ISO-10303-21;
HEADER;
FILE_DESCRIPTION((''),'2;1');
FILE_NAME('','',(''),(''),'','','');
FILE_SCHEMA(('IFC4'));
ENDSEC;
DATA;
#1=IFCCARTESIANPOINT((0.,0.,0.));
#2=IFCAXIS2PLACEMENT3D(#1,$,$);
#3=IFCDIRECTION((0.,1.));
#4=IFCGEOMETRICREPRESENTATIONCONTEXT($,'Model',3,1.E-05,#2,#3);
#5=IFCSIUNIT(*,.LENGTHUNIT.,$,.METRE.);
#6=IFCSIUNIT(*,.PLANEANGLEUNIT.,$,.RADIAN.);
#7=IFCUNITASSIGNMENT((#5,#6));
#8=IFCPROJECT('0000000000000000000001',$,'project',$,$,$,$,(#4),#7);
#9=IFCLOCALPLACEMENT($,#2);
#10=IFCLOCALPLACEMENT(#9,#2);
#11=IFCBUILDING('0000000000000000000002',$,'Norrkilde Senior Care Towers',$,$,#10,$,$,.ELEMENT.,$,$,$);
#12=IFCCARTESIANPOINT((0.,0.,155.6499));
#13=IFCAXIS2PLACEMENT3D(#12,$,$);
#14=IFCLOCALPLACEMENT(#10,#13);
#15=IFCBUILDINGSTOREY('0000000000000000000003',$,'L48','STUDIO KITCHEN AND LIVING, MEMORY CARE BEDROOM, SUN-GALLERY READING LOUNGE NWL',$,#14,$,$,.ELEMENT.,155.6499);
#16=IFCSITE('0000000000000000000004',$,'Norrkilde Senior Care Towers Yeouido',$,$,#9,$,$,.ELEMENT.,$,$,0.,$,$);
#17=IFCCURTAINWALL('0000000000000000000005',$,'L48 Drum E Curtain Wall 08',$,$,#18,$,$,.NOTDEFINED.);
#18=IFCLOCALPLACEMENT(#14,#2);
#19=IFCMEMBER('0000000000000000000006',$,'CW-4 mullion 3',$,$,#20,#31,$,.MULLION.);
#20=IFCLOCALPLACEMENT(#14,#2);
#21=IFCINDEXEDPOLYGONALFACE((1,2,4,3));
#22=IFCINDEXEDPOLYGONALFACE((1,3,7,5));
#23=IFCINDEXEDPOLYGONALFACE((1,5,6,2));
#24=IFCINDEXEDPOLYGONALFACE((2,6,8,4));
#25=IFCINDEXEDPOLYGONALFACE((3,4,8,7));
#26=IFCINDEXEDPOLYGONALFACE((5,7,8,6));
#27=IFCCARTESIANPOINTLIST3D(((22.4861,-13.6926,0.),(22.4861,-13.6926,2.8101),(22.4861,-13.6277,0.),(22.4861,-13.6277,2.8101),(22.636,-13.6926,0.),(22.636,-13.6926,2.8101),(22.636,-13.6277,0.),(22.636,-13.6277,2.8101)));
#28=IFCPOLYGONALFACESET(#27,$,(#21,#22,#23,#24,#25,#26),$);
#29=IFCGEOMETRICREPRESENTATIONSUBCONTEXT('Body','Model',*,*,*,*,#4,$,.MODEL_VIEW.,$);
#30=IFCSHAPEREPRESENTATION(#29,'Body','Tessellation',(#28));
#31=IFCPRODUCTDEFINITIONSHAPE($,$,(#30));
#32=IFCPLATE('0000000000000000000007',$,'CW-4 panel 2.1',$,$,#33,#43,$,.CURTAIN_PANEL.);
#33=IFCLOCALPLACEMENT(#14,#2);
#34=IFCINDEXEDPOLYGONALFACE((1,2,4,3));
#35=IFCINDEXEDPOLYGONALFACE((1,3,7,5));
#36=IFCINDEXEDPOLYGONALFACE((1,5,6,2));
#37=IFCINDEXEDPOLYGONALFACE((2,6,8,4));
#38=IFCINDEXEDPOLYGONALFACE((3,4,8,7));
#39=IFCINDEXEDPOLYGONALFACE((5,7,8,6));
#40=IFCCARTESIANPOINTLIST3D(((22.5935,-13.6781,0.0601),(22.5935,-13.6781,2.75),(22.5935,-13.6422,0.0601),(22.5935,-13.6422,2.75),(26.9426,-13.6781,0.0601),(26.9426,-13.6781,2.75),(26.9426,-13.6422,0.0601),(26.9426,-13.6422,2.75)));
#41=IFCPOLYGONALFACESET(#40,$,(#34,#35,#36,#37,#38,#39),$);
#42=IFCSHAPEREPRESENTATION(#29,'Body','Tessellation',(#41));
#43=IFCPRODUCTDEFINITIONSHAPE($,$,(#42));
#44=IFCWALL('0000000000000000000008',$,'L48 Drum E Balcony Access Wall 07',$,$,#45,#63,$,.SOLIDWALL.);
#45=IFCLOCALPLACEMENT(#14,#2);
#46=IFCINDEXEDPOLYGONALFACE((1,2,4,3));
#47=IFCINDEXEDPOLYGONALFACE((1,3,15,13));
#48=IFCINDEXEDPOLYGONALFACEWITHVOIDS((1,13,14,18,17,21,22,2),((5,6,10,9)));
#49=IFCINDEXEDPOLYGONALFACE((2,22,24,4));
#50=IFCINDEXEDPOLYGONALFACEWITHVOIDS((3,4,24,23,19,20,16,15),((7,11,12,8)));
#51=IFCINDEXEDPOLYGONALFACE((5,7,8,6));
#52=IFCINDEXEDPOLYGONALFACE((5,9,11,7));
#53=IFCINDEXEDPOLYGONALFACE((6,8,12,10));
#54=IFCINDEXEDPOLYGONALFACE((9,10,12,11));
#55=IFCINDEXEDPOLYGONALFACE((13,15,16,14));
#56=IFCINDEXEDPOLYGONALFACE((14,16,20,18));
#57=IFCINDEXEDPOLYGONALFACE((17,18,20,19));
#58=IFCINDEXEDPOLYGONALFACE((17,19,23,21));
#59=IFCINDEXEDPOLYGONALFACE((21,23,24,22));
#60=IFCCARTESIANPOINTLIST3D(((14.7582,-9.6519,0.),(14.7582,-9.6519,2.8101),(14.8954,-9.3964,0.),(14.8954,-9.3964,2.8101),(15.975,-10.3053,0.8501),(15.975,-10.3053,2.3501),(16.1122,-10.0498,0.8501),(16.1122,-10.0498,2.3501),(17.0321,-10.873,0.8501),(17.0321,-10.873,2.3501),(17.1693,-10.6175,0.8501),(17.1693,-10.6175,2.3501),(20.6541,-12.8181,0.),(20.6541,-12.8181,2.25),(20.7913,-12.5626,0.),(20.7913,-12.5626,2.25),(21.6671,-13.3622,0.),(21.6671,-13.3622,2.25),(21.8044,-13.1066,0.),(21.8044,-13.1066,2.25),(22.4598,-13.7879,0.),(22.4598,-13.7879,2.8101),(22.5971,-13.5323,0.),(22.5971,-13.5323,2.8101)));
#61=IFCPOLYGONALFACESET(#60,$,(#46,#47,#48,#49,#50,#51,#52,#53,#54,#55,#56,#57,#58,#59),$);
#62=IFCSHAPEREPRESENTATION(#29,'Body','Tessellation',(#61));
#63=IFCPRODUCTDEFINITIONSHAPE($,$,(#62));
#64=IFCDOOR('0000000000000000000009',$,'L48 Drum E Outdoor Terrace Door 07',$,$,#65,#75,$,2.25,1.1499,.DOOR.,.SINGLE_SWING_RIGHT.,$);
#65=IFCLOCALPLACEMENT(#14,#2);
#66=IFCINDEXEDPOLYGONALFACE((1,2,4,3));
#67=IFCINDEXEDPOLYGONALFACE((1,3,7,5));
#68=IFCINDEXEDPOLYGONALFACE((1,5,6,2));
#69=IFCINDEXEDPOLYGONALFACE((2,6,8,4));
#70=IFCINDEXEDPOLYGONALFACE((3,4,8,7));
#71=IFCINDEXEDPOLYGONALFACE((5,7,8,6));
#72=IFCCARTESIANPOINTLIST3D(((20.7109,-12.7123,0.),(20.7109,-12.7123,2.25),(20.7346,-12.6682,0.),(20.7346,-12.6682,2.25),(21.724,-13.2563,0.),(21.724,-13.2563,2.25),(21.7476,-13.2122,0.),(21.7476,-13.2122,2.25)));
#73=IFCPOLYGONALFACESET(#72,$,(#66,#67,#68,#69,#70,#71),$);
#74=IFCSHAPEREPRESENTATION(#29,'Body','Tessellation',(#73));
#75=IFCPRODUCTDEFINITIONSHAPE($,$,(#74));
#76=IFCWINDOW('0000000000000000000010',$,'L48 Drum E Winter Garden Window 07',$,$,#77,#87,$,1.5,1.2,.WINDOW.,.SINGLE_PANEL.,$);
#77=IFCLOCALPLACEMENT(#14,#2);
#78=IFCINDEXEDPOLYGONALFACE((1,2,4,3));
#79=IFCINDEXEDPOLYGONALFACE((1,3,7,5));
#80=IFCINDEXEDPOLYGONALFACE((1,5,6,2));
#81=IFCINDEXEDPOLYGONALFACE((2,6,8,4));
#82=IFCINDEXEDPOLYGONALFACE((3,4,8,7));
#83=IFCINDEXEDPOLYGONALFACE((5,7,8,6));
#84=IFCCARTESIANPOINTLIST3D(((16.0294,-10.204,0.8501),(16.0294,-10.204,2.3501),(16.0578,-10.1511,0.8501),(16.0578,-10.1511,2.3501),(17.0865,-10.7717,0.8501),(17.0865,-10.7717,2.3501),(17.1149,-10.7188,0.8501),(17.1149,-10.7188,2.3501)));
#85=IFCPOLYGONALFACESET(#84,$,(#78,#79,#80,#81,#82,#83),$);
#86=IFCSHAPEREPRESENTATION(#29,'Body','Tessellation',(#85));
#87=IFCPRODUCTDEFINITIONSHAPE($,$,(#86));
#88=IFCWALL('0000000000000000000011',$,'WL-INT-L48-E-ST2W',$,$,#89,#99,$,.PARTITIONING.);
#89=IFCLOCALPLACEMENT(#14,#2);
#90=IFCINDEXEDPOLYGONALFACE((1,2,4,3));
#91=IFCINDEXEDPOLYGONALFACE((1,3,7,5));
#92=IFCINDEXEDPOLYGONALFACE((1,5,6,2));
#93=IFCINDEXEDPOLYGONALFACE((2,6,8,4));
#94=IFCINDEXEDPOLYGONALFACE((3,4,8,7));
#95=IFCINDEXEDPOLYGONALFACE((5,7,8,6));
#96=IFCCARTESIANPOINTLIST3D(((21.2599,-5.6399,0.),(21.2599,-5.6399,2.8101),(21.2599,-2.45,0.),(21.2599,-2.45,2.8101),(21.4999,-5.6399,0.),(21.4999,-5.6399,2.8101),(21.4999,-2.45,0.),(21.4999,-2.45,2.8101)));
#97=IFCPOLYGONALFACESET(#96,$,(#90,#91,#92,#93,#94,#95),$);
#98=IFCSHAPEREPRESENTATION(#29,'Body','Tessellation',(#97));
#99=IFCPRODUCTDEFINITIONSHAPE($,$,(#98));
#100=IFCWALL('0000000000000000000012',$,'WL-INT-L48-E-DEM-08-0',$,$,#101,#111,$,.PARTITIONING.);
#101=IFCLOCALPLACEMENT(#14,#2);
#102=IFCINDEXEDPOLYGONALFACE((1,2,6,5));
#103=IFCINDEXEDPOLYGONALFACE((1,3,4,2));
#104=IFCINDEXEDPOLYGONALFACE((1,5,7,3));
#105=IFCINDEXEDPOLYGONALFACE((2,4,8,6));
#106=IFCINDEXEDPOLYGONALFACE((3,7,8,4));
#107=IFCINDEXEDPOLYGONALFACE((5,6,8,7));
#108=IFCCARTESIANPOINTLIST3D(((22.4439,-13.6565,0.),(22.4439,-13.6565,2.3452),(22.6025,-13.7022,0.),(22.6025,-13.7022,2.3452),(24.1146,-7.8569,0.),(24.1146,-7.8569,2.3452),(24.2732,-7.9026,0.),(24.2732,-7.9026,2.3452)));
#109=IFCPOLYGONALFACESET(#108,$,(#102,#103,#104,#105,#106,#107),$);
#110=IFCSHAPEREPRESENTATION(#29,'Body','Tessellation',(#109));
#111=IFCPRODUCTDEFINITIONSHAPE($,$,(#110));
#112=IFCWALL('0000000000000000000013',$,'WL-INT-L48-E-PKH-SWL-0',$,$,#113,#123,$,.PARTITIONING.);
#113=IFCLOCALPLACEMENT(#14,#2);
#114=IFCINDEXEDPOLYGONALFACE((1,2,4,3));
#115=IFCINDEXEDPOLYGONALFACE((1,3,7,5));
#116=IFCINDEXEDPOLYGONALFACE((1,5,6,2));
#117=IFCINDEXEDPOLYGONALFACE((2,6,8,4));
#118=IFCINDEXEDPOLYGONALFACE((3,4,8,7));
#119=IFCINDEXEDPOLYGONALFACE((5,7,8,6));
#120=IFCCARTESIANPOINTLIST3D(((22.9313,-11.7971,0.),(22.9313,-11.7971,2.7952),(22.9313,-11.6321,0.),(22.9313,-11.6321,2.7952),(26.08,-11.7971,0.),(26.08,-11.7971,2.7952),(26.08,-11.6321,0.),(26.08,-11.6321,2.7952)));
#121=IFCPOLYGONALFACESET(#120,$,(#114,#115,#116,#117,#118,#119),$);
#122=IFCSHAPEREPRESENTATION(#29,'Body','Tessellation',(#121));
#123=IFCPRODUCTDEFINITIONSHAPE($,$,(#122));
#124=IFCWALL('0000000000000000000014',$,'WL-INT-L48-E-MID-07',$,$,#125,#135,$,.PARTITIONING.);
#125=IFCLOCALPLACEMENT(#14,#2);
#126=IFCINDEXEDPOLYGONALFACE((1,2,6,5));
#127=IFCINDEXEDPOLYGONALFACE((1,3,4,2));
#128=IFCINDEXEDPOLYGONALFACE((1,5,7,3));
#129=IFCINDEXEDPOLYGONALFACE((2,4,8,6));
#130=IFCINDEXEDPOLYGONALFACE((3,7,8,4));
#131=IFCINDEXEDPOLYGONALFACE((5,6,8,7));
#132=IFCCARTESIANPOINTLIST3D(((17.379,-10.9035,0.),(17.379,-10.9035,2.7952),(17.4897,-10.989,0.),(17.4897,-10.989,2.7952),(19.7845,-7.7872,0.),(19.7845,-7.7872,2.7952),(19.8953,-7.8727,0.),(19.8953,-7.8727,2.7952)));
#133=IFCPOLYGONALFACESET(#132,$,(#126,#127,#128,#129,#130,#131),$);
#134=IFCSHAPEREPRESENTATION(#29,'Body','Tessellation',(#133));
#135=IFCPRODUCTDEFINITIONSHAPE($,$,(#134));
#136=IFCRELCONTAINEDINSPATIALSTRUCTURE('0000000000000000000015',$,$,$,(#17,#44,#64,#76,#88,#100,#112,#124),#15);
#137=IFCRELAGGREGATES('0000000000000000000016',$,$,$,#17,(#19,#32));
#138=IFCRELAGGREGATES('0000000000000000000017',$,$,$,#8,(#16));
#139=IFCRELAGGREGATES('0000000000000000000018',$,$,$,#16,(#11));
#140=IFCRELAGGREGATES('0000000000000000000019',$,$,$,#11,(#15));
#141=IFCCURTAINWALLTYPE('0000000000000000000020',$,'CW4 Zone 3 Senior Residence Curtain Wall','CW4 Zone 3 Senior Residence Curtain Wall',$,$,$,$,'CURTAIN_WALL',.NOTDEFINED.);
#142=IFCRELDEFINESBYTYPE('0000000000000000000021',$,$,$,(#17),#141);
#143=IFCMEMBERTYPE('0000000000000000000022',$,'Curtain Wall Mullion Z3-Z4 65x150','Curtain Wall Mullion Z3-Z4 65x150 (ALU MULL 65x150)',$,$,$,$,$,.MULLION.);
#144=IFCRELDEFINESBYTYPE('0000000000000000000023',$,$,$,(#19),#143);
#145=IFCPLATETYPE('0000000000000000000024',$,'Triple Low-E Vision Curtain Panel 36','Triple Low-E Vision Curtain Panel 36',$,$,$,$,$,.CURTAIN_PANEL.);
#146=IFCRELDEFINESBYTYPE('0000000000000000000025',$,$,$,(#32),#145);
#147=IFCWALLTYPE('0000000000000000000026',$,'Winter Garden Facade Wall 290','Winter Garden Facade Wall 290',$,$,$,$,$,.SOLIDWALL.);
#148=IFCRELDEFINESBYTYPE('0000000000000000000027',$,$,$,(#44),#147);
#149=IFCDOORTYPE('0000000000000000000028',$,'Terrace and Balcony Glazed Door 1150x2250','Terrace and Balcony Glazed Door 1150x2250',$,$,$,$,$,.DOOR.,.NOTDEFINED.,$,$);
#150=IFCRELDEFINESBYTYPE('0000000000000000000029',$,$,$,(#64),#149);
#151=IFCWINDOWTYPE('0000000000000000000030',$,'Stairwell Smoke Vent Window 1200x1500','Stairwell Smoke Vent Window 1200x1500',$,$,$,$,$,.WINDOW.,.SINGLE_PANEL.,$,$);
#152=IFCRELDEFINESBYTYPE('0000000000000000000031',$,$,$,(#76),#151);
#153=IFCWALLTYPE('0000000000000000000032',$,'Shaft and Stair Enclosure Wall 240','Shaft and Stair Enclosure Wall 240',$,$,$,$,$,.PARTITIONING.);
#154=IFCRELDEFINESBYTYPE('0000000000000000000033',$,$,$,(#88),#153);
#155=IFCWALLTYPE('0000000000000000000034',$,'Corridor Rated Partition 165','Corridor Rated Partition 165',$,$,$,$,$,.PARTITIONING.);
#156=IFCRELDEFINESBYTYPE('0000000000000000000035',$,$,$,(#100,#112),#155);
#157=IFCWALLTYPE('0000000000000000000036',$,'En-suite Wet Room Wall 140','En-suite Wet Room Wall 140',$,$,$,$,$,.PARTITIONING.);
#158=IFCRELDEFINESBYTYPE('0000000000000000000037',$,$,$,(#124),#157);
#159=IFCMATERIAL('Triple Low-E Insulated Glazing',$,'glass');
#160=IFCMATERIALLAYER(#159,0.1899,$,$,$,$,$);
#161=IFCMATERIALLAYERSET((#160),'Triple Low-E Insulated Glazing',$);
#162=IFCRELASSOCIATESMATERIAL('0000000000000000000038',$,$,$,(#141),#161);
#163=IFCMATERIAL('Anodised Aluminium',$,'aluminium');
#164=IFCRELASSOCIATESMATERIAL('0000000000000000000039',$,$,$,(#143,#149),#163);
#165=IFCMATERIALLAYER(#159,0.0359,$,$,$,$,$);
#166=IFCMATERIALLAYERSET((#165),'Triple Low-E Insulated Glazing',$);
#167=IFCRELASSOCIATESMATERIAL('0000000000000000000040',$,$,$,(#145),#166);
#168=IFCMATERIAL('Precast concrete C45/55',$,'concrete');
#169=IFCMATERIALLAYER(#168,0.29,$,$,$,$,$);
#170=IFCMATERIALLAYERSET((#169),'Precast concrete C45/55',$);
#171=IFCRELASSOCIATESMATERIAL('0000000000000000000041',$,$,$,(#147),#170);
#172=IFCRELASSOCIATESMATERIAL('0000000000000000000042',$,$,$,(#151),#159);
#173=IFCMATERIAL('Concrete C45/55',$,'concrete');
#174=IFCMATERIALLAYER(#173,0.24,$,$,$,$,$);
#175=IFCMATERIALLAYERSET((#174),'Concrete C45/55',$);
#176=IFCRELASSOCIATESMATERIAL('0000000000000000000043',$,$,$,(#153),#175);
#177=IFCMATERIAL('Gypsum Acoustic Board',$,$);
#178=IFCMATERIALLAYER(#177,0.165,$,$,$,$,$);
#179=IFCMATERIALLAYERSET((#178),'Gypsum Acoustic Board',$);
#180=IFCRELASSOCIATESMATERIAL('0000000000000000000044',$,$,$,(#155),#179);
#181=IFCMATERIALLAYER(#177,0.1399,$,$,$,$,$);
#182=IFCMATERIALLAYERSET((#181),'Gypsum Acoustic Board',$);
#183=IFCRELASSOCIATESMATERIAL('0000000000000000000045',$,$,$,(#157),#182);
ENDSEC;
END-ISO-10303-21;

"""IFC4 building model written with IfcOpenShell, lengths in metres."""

from ifc_helpers import new_model, si_unit, direction, frame, frame_2d, origin, origin_2d, place, context, subcontext, project, spatial, rectangle, extrude, source, transform, mapped, material, layer, layer_set, material_profile, profile_set, type_object, type_shapes, element, fill, aggregate, save


model = new_model("IFC4")

# Units and contexts
model_context = context("Model", 3, precision=1e-05, world=origin(), true_north=direction((0.0, 1.0)))
body_context = subcontext(model_context, "Body", "Model", "MODEL_VIEW")
ifc_project = project(units=[si_unit("LENGTHUNIT", "METRE"), si_unit("PLANEANGLEUNIT", "RADIAN")], contexts=[model_context])

# Site, building, storey
site_placement = place(None, origin())
site = spatial("IfcSite", under=ifc_project, at=site_placement, Name="Norrkilde Senior Care Towers Yeouido", CompositionType="ELEMENT", RefElevation=0.0)
building_placement = place(site_placement, origin())
building = spatial("IfcBuilding", under=site, at=building_placement, Name="Norrkilde Senior Care Towers", CompositionType="ELEMENT")
storey_placement = place(building_placement, frame((0.0, 0.0, 155.6499)))
storey = spatial("IfcBuildingStorey", under=building, at=storey_placement, Name="L48", Description="STUDIO KITCHEN AND LIVING, MEMORY CARE BEDROOM, SUN-GALLERY READING LOUNGE NWL", CompositionType="ELEMENT", Elevation=155.6499)

# Curtain wall, member, plate
ifc_material_1 = material(Name="Triple Low-E Insulated Glazing", Category="glass")
ifc_layer_1 = layer(ifc_material_1, 0.1899)
ifc_layer_set_1 = layer_set([ifc_layer_1], Name="Triple Low-E Insulated Glazing")
curtain_wall_type = type_object("IfcCurtainWallType", Name="CW4 Zone 3 Senior Residence Curtain Wall", Description="CW4 Zone 3 Senior Residence Curtain Wall", ElementType="CURTAIN_WALL", PredefinedType="NOTDEFINED", material=ifc_layer_set_1)
curtain_wall_placement = place(storey_placement, origin())
curtain_wall = element("IfcCurtainWall", 1, at=curtain_wall_placement, inside=storey, type_object=curtain_wall_type, Name="L48 Drum E Curtain Wall 08", PredefinedType="NOTDEFINED")
ifc_material_2 = material(Name="Anodised Aluminium", Category="aluminium")
ifc_material_profile_1 = material_profile(ifc_material_2, rectangle(XDim=0.0649, YDim=0.1499, at=origin_2d()), Name="ALU MULL 65x150")
ifc_profile_set_1 = profile_set([ifc_material_profile_1], Name="Anodised Aluminium")
member_type = type_object("IfcMemberType", Name="Curtain Wall Mullion Z3-Z4 65x150", Description="Curtain Wall Mullion Z3-Z4 65x150 (ALU MULL 65x150)", PredefinedType="MULLION", material=ifc_profile_set_1)
shared_shape_1 = source(origin(), body_context, "Body", "SweptSolid", [
    extrude(rectangle(XDim=0.0649, YDim=0.1499, at=origin_2d()), origin(), (0.0, 0.0, 1.0), 2.8101),
])
type_shapes(member_type, [shared_shape_1])
member_placement = place(storey_placement, frame((22.561, -13.6602, 0.0), z_axis=(0.0, 0.0, 1.0), x_axis=(0.0, -1.0, 0.0)))
member = element("IfcMember", 2, at=member_placement, type_object=member_type, Name="CW-4 mullion 3", PredefinedType="MULLION", context=body_context, shape_type="MappedRepresentation", body=[
    mapped(shared_shape_1, transform((0.0, 0.0, 0.0), x_axis=(1.0, 0.0, 0.0), y_axis=(0.0, 1.0, 0.0), z_axis=(0.0, 0.0, 1.0), scale=1.0)),
])
ifc_layer_2 = layer(ifc_material_1, 0.0359)
ifc_layer_set_2 = layer_set([ifc_layer_2], Name="Triple Low-E Insulated Glazing")
plate_type = type_object("IfcPlateType", Name="Triple Low-E Vision Curtain Panel 36", Description="Triple Low-E Vision Curtain Panel 36", PredefinedType="CURTAIN_PANEL", material=ifc_layer_set_2)
shared_shape_2 = source(origin(), body_context, "Body", "SweptSolid", [
    extrude(rectangle(XDim=4.3491, YDim=0.0359, at=origin_2d()), origin(), (0.0, 0.0, 1.0), 2.6899),
])
type_shapes(plate_type, [shared_shape_2])
plate_placement = place(storey_placement, frame((24.7681, -13.6602, 0.0601), z_axis=(0.0, 0.0, 1.0), x_axis=(-1.0, 0.0, 0.0)))
plate = element("IfcPlate", 3, at=plate_placement, type_object=plate_type, Name="CW-4 panel 2.1", PredefinedType="CURTAIN_PANEL", context=body_context, shape_type="MappedRepresentation", body=[
    mapped(shared_shape_2, transform((0.0, 0.0, 0.0), x_axis=(1.0, 0.0, 0.0), y_axis=(0.0, 1.0, 0.0), z_axis=(0.0, 0.0, 1.0), scale=1.0)),
])
aggregate(curtain_wall, [member, plate])

# Wall, openings, door, window
ifc_material_3 = material(Name="Precast concrete C45/55", Category="concrete")
ifc_layer_3 = layer(ifc_material_3, 0.29)
ifc_layer_set_3 = layer_set([ifc_layer_3], Name="Precast concrete C45/55")
wall_type_1 = type_object("IfcWallType", Name="Winter Garden Facade Wall 290", Description="Winter Garden Facade Wall 290", PredefinedType="SOLIDWALL", material=ifc_layer_set_3)
shared_shape_3 = source(origin(), body_context, "Body", "SweptSolid", [
    extrude(rectangle(XDim=8.7419, YDim=0.29, at=frame_2d((4.3711, 0.0))), origin(), (0.0, 0.0, 1.0), 2.8101),
])
type_shapes(wall_type_1, [shared_shape_3])
wall_1_placement = place(storey_placement, frame((22.5286, -13.6602, 0.0), z_axis=(0.0, 0.0, 1.0), x_axis=(-0.880999, 0.473119, 0.0)))
wall_1 = element("IfcWall", 4, at=wall_1_placement, inside=storey, type_object=wall_type_1, Name="L48 Drum E Balcony Access Wall 07", PredefinedType="SOLIDWALL", context=body_context, shape_type="MappedRepresentation", body=[
    mapped(shared_shape_3, transform((0.0, 0.0, 0.0), x_axis=(1.0, 0.0, 0.0), y_axis=(0.0, 1.0, 0.0), z_axis=(0.0, 0.0, 1.0), scale=1.0)),
])
opening_1_placement = place(wall_1_placement, frame((0.8999, 0.0, 0.0)))
opening_1 = element("IfcOpeningElement", 5, at=opening_1_placement, cuts=wall_1, PredefinedType="OPENING", context=body_context, shape_type="SweptSolid", body=[
    extrude(rectangle(XDim=1.1499, YDim=2.25, at=frame_2d((0.575, 1.125))), frame((0.0, 0.155, 0.0), z_axis=(0.0, -1.0, 0.0), x_axis=(1.0, 0.0, 0.0)), (0.0, 0.0, 1.0), 0.3101),
])
opening_2_placement = place(wall_1_placement, frame((6.1609, 0.0, 0.8501)))
opening_2 = element("IfcOpeningElement", 6, at=opening_2_placement, cuts=wall_1, PredefinedType="OPENING", context=body_context, shape_type="SweptSolid", body=[
    extrude(rectangle(XDim=1.2, YDim=1.5, at=frame_2d((0.6001, 0.75))), frame((0.0, 0.155, 0.0), z_axis=(0.0, -1.0, 0.0), x_axis=(1.0, 0.0, 0.0)), (0.0, 0.0, 1.0), 0.3101),
])
door_type_1 = type_object("IfcDoorType", Name="Terrace and Balcony Glazed Door 1150x2250", Description="Terrace and Balcony Glazed Door 1150x2250", OperationType="NOTDEFINED", PredefinedType="DOOR", material=ifc_material_2)
shared_shape_4 = source(origin(), body_context, "Body", "SweptSolid", [
    extrude(rectangle(XDim=1.1499, YDim=2.25, at=frame_2d((0.575, 1.125))), frame((0.0, 0.0249, 0.0), z_axis=(0.0, -1.0, 0.0), x_axis=(1.0, 0.0, 0.0)), (0.0, 0.0, 1.0), 0.05),
])
type_shapes(door_type_1, [shared_shape_4])
door_1_placement = place(opening_1_placement, origin())
door_1 = element("IfcDoor", 7, at=door_1_placement, inside=storey, type_object=door_type_1, Name="L48 Drum E Outdoor Terrace Door 07", OperationType="SINGLE_SWING_RIGHT", OverallHeight=2.25, OverallWidth=1.1499, PredefinedType="DOOR", context=body_context, shape_type="MappedRepresentation", body=[
    mapped(shared_shape_4, transform((0.0, 0.0, 0.0), x_axis=(1.0, 0.0, 0.0), y_axis=(0.0, 1.0, 0.0), z_axis=(0.0, 0.0, 1.0), scale=1.0)),
])
fill(opening_1, door_1)
window_type = type_object("IfcWindowType", Name="Stairwell Smoke Vent Window 1200x1500", Description="Stairwell Smoke Vent Window 1200x1500", PartitioningType="SINGLE_PANEL", PredefinedType="WINDOW", material=ifc_material_1)
shared_shape_5 = source(origin(), body_context, "Body", "SweptSolid", [
    extrude(rectangle(XDim=1.2, YDim=1.5, at=frame_2d((0.6001, 0.75))), frame((0.0, 0.03, 0.0), z_axis=(0.0, -1.0, 0.0), x_axis=(1.0, 0.0, 0.0)), (0.0, 0.0, 1.0), 0.0601),
])
type_shapes(window_type, [shared_shape_5])
window_placement = place(opening_2_placement, origin())
window = element("IfcWindow", 8, at=window_placement, inside=storey, type_object=window_type, Name="L48 Drum E Winter Garden Window 07", OverallHeight=1.5, OverallWidth=1.2, PartitioningType="SINGLE_PANEL", PredefinedType="WINDOW", context=body_context, shape_type="MappedRepresentation", body=[
    mapped(shared_shape_5, transform((0.0, 0.0, 0.0), x_axis=(1.0, 0.0, 0.0), y_axis=(0.0, 1.0, 0.0), z_axis=(0.0, 0.0, 1.0), scale=1.0)),
])
fill(opening_2, window)

# Wall
ifc_material_4 = material(Name="Concrete C45/55", Category="concrete")
ifc_layer_4 = layer(ifc_material_4, 0.24)
ifc_layer_set_4 = layer_set([ifc_layer_4], Name="Concrete C45/55")
wall_type_2 = type_object("IfcWallType", Name="Shaft and Stair Enclosure Wall 240", Description="Shaft and Stair Enclosure Wall 240", PredefinedType="PARTITIONING", material=ifc_layer_set_4)
shared_shape_6 = source(origin(), body_context, "Body", "SweptSolid", [
    extrude(rectangle(XDim=3.1899, YDim=0.24, at=frame_2d((1.595, 0.0))), origin(), (0.0, 0.0, 1.0), 2.8101),
])
type_shapes(wall_type_2, [shared_shape_6])
wall_2_placement = place(storey_placement, frame((21.3799, -5.6399, 0.0), z_axis=(0.0, 0.0, 1.0), x_axis=(0.0, 1.0, 0.0)))
element("IfcWall", 9, at=wall_2_placement, inside=storey, type_object=wall_type_2, Name="WL-INT-L48-E-ST2W", PredefinedType="PARTITIONING", context=body_context, shape_type="MappedRepresentation", body=[
    mapped(shared_shape_6, transform((0.0, 0.0, 0.0), x_axis=(1.0, 0.0, 0.0), y_axis=(0.0, 1.0, 0.0), z_axis=(0.0, 0.0, 1.0), scale=1.0)),
])

# Shared definitions
ifc_material_5 = material(Name="Gypsum Acoustic Board")
ifc_layer_5 = layer(ifc_material_5, 0.165)
ifc_layer_set_5 = layer_set([ifc_layer_5], Name="Gypsum Acoustic Board")
wall_type_3 = type_object("IfcWallType", Name="Corridor Rated Partition 165", Description="Corridor Rated Partition 165", PredefinedType="PARTITIONING", material=ifc_layer_set_5)

# Walls
shared_shape_7 = source(origin(), body_context, "Body", "SweptSolid", [
    extrude(rectangle(XDim=6.0354, YDim=0.165, at=frame_2d((3.0176, 0.0))), origin(), (0.0, 0.0, 1.0), 2.3452),
])
wall_3_placement = place(storey_placement, frame((24.1938, -7.8799, 0.0), z_axis=(0.0, 0.0, 1.0), x_axis=(-0.276809, -0.960925, 0.0)))
element("IfcWall", 10, at=wall_3_placement, inside=storey, type_object=wall_type_3, Name="WL-INT-L48-E-DEM-08-0", PredefinedType="PARTITIONING", context=body_context, shape_type="MappedRepresentation", body=[
    mapped(shared_shape_7, transform((0.0, 0.0, 0.0), x_axis=(1.0, 0.0, 0.0), y_axis=(0.0, 1.0, 0.0), z_axis=(0.0, 0.0, 1.0), scale=1.0)),
])
shared_shape_8 = source(origin(), body_context, "Body", "SweptSolid", [
    extrude(rectangle(XDim=3.1487, YDim=0.165, at=frame_2d((1.5742, 0.0))), origin(), (0.0, 0.0, 1.0), 2.7952),
])
wall_4_placement = place(storey_placement, frame((22.9314, -11.7146, 0.0), z_axis=(0.0, 0.0, 1.0), x_axis=(1.0, 0.0, 0.0)))
element("IfcWall", 11, at=wall_4_placement, inside=storey, type_object=wall_type_3, Name="WL-INT-L48-E-PKH-SWL-0", PredefinedType="PARTITIONING", context=body_context, shape_type="MappedRepresentation", body=[
    mapped(shared_shape_8, transform((0.0, 0.0, 0.0), x_axis=(1.0, 0.0, 0.0), y_axis=(0.0, 1.0, 0.0), z_axis=(0.0, 0.0, 1.0), scale=1.0)),
])

# Wall
ifc_layer_6 = layer(ifc_material_5, 0.1399)
ifc_layer_set_6 = layer_set([ifc_layer_6], Name="Gypsum Acoustic Board")
wall_type_4 = type_object("IfcWallType", Name="En-suite Wet Room Wall 140", Description="En-suite Wet Room Wall 140", PredefinedType="PARTITIONING", material=ifc_layer_set_6)
shared_shape_9 = source(origin(), body_context, "Body", "SweptSolid", [
    extrude(rectangle(XDim=3.9368, YDim=0.1399, at=frame_2d((1.9683, 0.0))), origin(), (0.0, 0.0, 1.0), 2.7952),
])
type_shapes(wall_type_4, [shared_shape_9])
wall_5_placement = place(storey_placement, frame((19.8398, -7.8301, 0.0), z_axis=(0.0, 0.0, 1.0), x_axis=(-0.611056, -0.791588, 0.0)))
element("IfcWall", 12, at=wall_5_placement, inside=storey, type_object=wall_type_4, Name="WL-INT-L48-E-MID-07", PredefinedType="PARTITIONING", context=body_context, shape_type="MappedRepresentation", body=[
    mapped(shared_shape_9, transform((0.0, 0.0, 0.0), x_axis=(1.0, 0.0, 0.0), y_axis=(0.0, 1.0, 0.0), z_axis=(0.0, 0.0, 1.0), scale=1.0)),
])

save(model, "model.ifc")
